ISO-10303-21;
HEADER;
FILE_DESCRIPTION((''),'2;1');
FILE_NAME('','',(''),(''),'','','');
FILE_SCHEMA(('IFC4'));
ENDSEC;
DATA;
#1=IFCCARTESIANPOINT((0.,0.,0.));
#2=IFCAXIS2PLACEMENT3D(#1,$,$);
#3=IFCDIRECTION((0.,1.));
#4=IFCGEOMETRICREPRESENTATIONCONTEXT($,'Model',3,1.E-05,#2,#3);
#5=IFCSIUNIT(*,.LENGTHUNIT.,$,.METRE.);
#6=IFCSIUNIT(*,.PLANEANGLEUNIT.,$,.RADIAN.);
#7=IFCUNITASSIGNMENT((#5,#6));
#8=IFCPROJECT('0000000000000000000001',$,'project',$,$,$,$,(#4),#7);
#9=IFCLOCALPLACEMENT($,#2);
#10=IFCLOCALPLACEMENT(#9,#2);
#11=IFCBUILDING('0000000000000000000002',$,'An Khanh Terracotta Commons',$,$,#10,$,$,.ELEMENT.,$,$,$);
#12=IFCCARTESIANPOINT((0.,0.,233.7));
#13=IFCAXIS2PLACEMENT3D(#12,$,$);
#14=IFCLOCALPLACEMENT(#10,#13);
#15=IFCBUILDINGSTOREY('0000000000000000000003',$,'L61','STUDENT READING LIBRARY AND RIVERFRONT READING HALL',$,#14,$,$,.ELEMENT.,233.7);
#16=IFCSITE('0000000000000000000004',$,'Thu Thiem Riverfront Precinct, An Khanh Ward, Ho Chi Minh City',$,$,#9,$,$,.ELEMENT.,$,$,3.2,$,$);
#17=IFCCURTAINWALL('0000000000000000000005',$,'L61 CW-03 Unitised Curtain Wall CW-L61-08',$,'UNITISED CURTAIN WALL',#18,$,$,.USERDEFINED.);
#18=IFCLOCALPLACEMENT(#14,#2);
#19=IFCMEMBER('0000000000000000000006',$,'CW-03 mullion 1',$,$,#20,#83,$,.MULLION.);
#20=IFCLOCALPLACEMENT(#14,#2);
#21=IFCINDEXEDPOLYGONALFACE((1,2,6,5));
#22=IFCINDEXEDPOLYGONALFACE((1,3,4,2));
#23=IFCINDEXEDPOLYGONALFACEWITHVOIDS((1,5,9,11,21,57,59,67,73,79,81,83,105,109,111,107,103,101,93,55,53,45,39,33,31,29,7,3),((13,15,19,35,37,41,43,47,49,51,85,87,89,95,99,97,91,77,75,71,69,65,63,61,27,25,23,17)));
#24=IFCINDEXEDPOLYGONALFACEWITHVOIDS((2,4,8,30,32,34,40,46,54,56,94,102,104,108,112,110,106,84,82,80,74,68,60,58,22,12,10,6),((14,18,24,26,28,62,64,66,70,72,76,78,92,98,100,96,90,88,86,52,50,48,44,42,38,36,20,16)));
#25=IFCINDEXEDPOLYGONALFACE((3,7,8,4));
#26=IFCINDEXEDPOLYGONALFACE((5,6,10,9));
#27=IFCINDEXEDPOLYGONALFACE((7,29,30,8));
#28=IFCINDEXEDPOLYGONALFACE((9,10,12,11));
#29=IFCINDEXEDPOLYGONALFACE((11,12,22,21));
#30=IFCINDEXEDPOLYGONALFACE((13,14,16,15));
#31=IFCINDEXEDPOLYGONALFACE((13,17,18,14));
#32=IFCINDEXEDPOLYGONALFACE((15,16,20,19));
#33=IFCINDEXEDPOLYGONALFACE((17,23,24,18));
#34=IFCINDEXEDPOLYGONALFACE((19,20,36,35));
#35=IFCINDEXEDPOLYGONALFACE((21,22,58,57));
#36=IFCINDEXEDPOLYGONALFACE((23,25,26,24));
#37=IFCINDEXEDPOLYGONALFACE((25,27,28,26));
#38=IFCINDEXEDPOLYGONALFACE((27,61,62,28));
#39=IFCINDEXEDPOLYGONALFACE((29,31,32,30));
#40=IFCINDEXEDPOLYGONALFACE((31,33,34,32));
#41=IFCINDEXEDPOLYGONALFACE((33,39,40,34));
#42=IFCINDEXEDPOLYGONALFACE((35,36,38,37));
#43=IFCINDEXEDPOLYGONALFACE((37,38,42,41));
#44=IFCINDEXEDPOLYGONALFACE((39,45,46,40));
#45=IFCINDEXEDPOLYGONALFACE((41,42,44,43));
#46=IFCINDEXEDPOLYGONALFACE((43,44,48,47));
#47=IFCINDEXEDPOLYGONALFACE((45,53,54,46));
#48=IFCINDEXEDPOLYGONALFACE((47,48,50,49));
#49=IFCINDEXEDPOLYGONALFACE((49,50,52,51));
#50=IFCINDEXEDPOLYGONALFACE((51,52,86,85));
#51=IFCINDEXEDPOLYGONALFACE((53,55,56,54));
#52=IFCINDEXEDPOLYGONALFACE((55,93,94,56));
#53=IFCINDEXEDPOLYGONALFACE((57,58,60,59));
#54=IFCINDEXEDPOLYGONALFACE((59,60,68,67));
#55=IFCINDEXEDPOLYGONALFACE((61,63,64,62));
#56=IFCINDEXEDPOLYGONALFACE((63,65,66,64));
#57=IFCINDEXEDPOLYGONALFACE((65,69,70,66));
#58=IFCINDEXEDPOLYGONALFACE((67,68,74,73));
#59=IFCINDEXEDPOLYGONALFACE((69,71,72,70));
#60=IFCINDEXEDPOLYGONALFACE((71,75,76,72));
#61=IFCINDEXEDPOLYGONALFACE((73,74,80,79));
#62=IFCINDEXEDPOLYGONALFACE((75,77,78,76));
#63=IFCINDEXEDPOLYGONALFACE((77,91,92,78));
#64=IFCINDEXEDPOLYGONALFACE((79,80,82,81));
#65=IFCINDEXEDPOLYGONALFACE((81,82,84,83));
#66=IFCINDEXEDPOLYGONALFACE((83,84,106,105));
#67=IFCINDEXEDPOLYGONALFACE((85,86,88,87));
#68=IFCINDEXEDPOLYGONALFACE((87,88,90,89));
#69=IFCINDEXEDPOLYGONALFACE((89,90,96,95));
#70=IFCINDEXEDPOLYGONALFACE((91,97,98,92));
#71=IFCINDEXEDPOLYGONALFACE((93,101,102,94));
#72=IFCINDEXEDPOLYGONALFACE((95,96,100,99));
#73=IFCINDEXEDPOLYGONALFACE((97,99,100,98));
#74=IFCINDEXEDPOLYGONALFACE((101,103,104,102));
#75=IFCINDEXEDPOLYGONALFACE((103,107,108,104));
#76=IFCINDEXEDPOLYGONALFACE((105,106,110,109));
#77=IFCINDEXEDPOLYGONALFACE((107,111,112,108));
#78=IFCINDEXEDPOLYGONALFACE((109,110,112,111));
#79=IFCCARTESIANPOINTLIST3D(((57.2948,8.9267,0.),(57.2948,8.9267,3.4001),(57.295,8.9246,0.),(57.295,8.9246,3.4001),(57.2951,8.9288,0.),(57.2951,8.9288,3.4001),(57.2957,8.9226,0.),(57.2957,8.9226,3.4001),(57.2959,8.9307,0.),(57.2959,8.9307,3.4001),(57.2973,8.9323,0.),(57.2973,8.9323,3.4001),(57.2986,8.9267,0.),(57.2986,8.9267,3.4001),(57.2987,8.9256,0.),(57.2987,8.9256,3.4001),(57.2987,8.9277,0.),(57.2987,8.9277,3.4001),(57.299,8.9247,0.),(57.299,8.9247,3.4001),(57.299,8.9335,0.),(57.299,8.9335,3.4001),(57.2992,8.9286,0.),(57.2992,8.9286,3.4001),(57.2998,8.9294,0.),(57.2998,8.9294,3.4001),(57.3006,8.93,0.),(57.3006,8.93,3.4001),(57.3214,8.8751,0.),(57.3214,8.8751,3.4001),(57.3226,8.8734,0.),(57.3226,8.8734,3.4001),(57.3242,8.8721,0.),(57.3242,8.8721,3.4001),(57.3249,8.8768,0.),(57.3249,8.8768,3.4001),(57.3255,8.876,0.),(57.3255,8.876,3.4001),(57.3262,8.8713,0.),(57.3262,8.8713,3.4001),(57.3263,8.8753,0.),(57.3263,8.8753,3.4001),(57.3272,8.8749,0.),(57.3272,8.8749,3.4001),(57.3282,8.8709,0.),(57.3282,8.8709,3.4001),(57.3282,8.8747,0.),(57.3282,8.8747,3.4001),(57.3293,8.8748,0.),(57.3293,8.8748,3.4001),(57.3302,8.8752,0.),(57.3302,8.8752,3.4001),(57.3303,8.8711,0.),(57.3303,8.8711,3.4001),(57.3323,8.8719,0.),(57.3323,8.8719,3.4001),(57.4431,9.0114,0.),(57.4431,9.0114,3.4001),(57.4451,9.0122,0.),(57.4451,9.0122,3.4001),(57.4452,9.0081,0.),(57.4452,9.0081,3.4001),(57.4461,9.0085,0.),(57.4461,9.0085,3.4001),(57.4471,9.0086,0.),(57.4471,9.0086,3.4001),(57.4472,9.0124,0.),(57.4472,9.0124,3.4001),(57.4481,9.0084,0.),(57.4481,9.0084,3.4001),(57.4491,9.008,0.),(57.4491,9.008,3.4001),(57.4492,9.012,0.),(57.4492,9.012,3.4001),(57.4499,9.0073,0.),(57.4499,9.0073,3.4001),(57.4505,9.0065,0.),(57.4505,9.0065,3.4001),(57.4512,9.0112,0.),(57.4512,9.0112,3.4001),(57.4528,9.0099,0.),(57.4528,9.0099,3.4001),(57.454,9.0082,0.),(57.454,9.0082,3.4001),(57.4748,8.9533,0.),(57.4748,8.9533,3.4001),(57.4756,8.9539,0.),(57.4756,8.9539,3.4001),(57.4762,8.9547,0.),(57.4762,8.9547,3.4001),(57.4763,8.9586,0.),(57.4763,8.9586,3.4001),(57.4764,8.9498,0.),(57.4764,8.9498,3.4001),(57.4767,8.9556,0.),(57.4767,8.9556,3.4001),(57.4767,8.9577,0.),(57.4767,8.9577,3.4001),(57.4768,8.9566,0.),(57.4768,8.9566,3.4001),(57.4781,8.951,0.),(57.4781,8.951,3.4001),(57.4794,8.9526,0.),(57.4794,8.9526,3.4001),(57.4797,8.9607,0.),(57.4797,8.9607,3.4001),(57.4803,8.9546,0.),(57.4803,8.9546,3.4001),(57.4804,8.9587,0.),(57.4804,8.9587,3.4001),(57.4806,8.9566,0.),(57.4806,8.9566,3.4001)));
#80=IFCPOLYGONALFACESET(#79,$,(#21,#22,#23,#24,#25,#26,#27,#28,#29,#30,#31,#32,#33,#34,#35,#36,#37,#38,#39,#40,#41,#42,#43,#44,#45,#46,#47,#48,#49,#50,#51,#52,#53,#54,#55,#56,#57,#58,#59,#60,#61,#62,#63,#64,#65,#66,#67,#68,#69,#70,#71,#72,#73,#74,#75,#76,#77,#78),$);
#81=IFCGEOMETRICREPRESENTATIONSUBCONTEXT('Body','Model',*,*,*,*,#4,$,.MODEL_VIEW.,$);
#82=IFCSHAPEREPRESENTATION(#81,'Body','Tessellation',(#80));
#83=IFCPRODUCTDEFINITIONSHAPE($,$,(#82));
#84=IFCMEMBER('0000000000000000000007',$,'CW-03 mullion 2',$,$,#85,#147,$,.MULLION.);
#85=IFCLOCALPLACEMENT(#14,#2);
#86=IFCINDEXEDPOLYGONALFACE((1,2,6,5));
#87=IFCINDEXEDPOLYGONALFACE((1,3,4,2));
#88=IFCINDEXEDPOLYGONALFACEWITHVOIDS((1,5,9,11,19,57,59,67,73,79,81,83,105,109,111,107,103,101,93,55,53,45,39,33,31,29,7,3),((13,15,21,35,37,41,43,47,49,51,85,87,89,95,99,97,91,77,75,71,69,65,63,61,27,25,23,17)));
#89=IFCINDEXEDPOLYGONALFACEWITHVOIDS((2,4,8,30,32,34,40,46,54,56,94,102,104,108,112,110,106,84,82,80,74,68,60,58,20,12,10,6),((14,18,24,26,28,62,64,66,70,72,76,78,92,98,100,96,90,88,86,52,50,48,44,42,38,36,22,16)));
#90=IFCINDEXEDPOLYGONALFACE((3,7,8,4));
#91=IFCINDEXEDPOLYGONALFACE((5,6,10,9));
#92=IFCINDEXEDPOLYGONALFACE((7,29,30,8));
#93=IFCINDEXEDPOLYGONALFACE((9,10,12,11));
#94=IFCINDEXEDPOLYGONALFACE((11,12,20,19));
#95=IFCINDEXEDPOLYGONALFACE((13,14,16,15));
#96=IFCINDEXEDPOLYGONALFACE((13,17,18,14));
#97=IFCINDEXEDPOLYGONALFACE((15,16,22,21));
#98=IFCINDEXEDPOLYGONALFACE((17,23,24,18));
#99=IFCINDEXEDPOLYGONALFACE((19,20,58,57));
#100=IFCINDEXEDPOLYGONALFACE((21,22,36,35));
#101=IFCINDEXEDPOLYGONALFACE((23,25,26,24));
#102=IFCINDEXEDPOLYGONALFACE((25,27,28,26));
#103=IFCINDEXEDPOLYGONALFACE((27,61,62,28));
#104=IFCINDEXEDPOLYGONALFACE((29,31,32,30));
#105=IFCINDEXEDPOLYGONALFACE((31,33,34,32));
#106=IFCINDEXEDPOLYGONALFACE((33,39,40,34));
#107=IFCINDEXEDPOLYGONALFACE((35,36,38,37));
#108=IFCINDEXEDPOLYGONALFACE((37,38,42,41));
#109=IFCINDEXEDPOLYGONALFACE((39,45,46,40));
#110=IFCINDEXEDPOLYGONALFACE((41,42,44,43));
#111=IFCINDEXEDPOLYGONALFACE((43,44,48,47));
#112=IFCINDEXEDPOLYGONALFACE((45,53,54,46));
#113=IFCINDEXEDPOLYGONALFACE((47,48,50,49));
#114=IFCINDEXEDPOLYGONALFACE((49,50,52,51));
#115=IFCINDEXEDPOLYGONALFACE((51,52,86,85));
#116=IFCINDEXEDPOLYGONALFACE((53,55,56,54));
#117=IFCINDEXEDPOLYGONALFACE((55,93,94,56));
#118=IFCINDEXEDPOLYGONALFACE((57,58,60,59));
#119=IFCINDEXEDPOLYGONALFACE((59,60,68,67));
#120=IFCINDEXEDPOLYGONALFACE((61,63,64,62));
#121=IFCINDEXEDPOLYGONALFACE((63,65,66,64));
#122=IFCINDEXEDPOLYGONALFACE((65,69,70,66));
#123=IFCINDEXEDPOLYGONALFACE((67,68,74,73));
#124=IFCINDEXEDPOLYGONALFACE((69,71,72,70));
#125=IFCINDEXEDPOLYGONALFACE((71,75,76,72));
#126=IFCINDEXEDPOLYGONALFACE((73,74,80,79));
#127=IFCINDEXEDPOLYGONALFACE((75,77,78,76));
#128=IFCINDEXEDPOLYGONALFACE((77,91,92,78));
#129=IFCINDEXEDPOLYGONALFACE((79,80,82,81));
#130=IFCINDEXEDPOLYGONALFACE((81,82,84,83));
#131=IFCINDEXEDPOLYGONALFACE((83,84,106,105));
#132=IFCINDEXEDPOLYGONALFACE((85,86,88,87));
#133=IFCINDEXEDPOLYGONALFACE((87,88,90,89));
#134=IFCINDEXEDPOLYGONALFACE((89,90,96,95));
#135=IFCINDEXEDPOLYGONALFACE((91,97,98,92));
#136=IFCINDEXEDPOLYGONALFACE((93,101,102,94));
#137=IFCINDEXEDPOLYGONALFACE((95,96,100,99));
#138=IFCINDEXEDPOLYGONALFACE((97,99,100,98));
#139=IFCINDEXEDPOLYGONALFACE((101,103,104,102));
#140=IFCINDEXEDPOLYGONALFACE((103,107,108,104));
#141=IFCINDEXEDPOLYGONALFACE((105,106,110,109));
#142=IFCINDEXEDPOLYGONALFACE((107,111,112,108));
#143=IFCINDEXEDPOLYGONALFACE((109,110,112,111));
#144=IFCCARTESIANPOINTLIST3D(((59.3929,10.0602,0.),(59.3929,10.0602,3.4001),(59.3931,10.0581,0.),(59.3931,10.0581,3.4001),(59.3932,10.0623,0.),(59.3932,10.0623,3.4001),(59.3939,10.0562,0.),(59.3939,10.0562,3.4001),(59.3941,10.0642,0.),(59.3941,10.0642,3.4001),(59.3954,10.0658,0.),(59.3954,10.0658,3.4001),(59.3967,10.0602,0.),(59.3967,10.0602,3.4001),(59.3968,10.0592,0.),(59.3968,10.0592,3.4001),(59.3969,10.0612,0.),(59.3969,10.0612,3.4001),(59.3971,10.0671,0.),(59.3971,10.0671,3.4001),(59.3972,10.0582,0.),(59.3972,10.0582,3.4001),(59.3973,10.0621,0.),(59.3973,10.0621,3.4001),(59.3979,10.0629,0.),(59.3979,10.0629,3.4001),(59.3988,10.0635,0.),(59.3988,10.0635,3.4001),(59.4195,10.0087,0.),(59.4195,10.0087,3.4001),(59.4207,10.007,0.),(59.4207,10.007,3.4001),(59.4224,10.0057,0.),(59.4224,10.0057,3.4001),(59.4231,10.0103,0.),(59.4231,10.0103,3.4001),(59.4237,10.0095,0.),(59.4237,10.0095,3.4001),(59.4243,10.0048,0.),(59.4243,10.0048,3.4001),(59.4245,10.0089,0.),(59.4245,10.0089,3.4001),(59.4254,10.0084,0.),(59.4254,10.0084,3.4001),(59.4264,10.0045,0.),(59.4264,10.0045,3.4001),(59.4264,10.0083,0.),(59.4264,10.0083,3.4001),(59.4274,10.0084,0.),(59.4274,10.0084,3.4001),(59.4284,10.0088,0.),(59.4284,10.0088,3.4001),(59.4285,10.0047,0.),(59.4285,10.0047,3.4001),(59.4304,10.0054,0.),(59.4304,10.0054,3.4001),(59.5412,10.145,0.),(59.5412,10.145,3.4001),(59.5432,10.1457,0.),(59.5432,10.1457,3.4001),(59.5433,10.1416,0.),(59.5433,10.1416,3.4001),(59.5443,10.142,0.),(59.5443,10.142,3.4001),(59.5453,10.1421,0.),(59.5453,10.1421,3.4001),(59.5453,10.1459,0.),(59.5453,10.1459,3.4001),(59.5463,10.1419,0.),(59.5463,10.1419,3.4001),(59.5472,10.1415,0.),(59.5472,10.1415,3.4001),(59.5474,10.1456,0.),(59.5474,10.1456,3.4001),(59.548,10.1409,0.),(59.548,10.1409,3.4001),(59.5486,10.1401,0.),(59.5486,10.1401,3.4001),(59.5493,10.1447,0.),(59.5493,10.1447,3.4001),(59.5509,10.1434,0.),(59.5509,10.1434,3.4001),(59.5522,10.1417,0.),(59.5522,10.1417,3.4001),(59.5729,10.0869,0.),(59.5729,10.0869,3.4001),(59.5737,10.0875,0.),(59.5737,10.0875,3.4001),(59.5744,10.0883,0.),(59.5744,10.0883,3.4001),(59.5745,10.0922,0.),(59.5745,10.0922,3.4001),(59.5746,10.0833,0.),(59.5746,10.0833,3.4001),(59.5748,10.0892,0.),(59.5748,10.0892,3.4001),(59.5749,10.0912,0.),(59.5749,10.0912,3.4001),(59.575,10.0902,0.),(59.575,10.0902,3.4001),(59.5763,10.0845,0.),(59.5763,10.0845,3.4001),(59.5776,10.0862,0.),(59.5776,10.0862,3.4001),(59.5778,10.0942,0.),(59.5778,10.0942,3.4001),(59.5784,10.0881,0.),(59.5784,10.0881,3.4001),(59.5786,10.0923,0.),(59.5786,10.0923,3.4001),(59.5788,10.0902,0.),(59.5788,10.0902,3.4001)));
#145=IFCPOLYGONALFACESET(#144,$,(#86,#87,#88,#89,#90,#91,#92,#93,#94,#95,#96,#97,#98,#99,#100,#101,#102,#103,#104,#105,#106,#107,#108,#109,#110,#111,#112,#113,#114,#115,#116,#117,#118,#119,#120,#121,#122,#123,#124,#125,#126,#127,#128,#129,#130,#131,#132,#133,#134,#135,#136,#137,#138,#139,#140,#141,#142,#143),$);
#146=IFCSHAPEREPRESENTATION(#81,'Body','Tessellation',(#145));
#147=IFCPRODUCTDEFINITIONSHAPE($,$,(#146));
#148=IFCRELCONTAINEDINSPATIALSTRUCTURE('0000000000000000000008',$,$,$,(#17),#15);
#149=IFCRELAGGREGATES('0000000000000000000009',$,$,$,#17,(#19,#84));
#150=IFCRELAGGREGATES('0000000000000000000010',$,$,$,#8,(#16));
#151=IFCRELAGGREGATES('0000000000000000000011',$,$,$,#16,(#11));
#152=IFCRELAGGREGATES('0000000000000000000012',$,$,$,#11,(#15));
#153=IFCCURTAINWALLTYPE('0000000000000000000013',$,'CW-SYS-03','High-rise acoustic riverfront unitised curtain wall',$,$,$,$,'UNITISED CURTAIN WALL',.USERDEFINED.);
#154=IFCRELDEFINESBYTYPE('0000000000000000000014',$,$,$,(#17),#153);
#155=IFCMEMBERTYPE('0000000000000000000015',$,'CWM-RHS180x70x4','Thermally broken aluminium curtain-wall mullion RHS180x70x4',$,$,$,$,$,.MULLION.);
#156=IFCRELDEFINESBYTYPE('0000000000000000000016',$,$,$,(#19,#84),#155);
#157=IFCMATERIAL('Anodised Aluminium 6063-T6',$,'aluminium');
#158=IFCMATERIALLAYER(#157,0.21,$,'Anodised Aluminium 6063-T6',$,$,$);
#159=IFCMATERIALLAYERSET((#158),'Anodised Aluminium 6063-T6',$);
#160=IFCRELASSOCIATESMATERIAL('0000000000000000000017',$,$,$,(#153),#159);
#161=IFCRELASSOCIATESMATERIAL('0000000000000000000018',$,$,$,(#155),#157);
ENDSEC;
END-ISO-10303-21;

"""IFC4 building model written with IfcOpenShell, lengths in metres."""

from ifc_helpers import new_model, si_unit, direction, frame, origin, origin_2d, place, context, subcontext, project, spatial, hollow_rectangle, extrude, material, layer, layer_set, material_profile, profile_set, type_object, element, aggregate, save


model = new_model("IFC4")

# Units and contexts
model_context = context("Model", 3, precision=1e-05, world=origin(), true_north=direction((0.0, 1.0)))
body_context = subcontext(model_context, "Body", "Model", "MODEL_VIEW")
ifc_project = project(units=[si_unit("LENGTHUNIT", "METRE"), si_unit("PLANEANGLEUNIT", "RADIAN")], contexts=[model_context])

# Site, building, storey
site_placement = place(None, origin())
site = spatial("IfcSite", under=ifc_project, at=site_placement, Name="Thu Thiem Riverfront Precinct, An Khanh Ward, Ho Chi Minh City", CompositionType="ELEMENT", RefElevation=3.2)
building_placement = place(site_placement, origin())
building = spatial("IfcBuilding", under=site, at=building_placement, Name="An Khanh Terracotta Commons", CompositionType="ELEMENT")
storey_placement = place(building_placement, frame((0.0, 0.0, 233.7)))
storey = spatial("IfcBuildingStorey", under=building, at=storey_placement, Name="L61", Description="STUDENT READING LIBRARY AND RIVERFRONT READING HALL", CompositionType="ELEMENT", Elevation=233.7)

# Curtain wall, members
ifc_material_1 = material(Name="Anodised Aluminium 6063-T6", Category="aluminium")
ifc_layer_1 = layer(ifc_material_1, 0.21, Name="Anodised Aluminium 6063-T6")
ifc_layer_set_1 = layer_set([ifc_layer_1], Name="Anodised Aluminium 6063-T6")
curtain_wall_type = type_object("IfcCurtainWallType", Name="CW-SYS-03", Description="High-rise acoustic riverfront unitised curtain wall", ElementType="UNITISED CURTAIN WALL", PredefinedType="USERDEFINED", material=ifc_layer_set_1)
curtain_wall_placement = place(storey_placement, origin())
curtain_wall = element("IfcCurtainWall", 1, at=curtain_wall_placement, inside=storey, type_object=curtain_wall_type, Name="L61 CW-03 Unitised Curtain Wall CW-L61-08", ObjectType="UNITISED CURTAIN WALL", PredefinedType="USERDEFINED")
ifc_material_profile_1 = material_profile(ifc_material_1, hollow_rectangle(XDim=0.0701, YDim=0.1799, WallThickness=0.0039, InnerFilletRadius=0.0039, OuterFilletRadius=0.0081, at=origin_2d()), Name="RHS180x70x4")
ifc_profile_set_1 = profile_set([ifc_material_profile_1], Name="Anodised Aluminium 6063-T6")
member_type_1 = type_object("IfcMemberType", Name="CWM-RHS180x70x4", Description="Thermally broken aluminium curtain-wall mullion RHS180x70x4", PredefinedType="MULLION", material=ifc_profile_set_1)
member_1_placement = place(storey_placement, frame((57.3877, 8.9417, 0.0), z_axis=(0.0, 0.0, 1.0), x_axis=(-0.475381, 0.87978, 0.0)))
member_1 = element("IfcMember", 2, at=member_1_placement, type_object=member_type_1, Name="CW-03 mullion 1", PredefinedType="MULLION", context=body_context, shape_type="SweptSolid", body=[
    extrude(hollow_rectangle(XDim=0.0701, YDim=0.1799, WallThickness=0.0039, InnerFilletRadius=0.0039, OuterFilletRadius=0.0081, at=origin_2d()), origin(), (0.0, 0.0, 1.0), 3.4001),
])
member_2_placement = place(storey_placement, frame((59.4858, 10.0752, 0.0), z_axis=(0.0, 0.0, 1.0), x_axis=(-0.475381, 0.87978, 0.0)))
member_2 = element("IfcMember", 3, at=member_2_placement, type_object=member_type_1, Name="CW-03 mullion 2", PredefinedType="MULLION", context=body_context, shape_type="SweptSolid", body=[
    extrude(hollow_rectangle(XDim=0.0701, YDim=0.1799, WallThickness=0.0039, InnerFilletRadius=0.0039, OuterFilletRadius=0.0081, at=origin_2d()), origin(), (0.0, 0.0, 1.0), 3.4001),
])
aggregate(curtain_wall, [member_1, member_2])

save(model, "model.ifc")
